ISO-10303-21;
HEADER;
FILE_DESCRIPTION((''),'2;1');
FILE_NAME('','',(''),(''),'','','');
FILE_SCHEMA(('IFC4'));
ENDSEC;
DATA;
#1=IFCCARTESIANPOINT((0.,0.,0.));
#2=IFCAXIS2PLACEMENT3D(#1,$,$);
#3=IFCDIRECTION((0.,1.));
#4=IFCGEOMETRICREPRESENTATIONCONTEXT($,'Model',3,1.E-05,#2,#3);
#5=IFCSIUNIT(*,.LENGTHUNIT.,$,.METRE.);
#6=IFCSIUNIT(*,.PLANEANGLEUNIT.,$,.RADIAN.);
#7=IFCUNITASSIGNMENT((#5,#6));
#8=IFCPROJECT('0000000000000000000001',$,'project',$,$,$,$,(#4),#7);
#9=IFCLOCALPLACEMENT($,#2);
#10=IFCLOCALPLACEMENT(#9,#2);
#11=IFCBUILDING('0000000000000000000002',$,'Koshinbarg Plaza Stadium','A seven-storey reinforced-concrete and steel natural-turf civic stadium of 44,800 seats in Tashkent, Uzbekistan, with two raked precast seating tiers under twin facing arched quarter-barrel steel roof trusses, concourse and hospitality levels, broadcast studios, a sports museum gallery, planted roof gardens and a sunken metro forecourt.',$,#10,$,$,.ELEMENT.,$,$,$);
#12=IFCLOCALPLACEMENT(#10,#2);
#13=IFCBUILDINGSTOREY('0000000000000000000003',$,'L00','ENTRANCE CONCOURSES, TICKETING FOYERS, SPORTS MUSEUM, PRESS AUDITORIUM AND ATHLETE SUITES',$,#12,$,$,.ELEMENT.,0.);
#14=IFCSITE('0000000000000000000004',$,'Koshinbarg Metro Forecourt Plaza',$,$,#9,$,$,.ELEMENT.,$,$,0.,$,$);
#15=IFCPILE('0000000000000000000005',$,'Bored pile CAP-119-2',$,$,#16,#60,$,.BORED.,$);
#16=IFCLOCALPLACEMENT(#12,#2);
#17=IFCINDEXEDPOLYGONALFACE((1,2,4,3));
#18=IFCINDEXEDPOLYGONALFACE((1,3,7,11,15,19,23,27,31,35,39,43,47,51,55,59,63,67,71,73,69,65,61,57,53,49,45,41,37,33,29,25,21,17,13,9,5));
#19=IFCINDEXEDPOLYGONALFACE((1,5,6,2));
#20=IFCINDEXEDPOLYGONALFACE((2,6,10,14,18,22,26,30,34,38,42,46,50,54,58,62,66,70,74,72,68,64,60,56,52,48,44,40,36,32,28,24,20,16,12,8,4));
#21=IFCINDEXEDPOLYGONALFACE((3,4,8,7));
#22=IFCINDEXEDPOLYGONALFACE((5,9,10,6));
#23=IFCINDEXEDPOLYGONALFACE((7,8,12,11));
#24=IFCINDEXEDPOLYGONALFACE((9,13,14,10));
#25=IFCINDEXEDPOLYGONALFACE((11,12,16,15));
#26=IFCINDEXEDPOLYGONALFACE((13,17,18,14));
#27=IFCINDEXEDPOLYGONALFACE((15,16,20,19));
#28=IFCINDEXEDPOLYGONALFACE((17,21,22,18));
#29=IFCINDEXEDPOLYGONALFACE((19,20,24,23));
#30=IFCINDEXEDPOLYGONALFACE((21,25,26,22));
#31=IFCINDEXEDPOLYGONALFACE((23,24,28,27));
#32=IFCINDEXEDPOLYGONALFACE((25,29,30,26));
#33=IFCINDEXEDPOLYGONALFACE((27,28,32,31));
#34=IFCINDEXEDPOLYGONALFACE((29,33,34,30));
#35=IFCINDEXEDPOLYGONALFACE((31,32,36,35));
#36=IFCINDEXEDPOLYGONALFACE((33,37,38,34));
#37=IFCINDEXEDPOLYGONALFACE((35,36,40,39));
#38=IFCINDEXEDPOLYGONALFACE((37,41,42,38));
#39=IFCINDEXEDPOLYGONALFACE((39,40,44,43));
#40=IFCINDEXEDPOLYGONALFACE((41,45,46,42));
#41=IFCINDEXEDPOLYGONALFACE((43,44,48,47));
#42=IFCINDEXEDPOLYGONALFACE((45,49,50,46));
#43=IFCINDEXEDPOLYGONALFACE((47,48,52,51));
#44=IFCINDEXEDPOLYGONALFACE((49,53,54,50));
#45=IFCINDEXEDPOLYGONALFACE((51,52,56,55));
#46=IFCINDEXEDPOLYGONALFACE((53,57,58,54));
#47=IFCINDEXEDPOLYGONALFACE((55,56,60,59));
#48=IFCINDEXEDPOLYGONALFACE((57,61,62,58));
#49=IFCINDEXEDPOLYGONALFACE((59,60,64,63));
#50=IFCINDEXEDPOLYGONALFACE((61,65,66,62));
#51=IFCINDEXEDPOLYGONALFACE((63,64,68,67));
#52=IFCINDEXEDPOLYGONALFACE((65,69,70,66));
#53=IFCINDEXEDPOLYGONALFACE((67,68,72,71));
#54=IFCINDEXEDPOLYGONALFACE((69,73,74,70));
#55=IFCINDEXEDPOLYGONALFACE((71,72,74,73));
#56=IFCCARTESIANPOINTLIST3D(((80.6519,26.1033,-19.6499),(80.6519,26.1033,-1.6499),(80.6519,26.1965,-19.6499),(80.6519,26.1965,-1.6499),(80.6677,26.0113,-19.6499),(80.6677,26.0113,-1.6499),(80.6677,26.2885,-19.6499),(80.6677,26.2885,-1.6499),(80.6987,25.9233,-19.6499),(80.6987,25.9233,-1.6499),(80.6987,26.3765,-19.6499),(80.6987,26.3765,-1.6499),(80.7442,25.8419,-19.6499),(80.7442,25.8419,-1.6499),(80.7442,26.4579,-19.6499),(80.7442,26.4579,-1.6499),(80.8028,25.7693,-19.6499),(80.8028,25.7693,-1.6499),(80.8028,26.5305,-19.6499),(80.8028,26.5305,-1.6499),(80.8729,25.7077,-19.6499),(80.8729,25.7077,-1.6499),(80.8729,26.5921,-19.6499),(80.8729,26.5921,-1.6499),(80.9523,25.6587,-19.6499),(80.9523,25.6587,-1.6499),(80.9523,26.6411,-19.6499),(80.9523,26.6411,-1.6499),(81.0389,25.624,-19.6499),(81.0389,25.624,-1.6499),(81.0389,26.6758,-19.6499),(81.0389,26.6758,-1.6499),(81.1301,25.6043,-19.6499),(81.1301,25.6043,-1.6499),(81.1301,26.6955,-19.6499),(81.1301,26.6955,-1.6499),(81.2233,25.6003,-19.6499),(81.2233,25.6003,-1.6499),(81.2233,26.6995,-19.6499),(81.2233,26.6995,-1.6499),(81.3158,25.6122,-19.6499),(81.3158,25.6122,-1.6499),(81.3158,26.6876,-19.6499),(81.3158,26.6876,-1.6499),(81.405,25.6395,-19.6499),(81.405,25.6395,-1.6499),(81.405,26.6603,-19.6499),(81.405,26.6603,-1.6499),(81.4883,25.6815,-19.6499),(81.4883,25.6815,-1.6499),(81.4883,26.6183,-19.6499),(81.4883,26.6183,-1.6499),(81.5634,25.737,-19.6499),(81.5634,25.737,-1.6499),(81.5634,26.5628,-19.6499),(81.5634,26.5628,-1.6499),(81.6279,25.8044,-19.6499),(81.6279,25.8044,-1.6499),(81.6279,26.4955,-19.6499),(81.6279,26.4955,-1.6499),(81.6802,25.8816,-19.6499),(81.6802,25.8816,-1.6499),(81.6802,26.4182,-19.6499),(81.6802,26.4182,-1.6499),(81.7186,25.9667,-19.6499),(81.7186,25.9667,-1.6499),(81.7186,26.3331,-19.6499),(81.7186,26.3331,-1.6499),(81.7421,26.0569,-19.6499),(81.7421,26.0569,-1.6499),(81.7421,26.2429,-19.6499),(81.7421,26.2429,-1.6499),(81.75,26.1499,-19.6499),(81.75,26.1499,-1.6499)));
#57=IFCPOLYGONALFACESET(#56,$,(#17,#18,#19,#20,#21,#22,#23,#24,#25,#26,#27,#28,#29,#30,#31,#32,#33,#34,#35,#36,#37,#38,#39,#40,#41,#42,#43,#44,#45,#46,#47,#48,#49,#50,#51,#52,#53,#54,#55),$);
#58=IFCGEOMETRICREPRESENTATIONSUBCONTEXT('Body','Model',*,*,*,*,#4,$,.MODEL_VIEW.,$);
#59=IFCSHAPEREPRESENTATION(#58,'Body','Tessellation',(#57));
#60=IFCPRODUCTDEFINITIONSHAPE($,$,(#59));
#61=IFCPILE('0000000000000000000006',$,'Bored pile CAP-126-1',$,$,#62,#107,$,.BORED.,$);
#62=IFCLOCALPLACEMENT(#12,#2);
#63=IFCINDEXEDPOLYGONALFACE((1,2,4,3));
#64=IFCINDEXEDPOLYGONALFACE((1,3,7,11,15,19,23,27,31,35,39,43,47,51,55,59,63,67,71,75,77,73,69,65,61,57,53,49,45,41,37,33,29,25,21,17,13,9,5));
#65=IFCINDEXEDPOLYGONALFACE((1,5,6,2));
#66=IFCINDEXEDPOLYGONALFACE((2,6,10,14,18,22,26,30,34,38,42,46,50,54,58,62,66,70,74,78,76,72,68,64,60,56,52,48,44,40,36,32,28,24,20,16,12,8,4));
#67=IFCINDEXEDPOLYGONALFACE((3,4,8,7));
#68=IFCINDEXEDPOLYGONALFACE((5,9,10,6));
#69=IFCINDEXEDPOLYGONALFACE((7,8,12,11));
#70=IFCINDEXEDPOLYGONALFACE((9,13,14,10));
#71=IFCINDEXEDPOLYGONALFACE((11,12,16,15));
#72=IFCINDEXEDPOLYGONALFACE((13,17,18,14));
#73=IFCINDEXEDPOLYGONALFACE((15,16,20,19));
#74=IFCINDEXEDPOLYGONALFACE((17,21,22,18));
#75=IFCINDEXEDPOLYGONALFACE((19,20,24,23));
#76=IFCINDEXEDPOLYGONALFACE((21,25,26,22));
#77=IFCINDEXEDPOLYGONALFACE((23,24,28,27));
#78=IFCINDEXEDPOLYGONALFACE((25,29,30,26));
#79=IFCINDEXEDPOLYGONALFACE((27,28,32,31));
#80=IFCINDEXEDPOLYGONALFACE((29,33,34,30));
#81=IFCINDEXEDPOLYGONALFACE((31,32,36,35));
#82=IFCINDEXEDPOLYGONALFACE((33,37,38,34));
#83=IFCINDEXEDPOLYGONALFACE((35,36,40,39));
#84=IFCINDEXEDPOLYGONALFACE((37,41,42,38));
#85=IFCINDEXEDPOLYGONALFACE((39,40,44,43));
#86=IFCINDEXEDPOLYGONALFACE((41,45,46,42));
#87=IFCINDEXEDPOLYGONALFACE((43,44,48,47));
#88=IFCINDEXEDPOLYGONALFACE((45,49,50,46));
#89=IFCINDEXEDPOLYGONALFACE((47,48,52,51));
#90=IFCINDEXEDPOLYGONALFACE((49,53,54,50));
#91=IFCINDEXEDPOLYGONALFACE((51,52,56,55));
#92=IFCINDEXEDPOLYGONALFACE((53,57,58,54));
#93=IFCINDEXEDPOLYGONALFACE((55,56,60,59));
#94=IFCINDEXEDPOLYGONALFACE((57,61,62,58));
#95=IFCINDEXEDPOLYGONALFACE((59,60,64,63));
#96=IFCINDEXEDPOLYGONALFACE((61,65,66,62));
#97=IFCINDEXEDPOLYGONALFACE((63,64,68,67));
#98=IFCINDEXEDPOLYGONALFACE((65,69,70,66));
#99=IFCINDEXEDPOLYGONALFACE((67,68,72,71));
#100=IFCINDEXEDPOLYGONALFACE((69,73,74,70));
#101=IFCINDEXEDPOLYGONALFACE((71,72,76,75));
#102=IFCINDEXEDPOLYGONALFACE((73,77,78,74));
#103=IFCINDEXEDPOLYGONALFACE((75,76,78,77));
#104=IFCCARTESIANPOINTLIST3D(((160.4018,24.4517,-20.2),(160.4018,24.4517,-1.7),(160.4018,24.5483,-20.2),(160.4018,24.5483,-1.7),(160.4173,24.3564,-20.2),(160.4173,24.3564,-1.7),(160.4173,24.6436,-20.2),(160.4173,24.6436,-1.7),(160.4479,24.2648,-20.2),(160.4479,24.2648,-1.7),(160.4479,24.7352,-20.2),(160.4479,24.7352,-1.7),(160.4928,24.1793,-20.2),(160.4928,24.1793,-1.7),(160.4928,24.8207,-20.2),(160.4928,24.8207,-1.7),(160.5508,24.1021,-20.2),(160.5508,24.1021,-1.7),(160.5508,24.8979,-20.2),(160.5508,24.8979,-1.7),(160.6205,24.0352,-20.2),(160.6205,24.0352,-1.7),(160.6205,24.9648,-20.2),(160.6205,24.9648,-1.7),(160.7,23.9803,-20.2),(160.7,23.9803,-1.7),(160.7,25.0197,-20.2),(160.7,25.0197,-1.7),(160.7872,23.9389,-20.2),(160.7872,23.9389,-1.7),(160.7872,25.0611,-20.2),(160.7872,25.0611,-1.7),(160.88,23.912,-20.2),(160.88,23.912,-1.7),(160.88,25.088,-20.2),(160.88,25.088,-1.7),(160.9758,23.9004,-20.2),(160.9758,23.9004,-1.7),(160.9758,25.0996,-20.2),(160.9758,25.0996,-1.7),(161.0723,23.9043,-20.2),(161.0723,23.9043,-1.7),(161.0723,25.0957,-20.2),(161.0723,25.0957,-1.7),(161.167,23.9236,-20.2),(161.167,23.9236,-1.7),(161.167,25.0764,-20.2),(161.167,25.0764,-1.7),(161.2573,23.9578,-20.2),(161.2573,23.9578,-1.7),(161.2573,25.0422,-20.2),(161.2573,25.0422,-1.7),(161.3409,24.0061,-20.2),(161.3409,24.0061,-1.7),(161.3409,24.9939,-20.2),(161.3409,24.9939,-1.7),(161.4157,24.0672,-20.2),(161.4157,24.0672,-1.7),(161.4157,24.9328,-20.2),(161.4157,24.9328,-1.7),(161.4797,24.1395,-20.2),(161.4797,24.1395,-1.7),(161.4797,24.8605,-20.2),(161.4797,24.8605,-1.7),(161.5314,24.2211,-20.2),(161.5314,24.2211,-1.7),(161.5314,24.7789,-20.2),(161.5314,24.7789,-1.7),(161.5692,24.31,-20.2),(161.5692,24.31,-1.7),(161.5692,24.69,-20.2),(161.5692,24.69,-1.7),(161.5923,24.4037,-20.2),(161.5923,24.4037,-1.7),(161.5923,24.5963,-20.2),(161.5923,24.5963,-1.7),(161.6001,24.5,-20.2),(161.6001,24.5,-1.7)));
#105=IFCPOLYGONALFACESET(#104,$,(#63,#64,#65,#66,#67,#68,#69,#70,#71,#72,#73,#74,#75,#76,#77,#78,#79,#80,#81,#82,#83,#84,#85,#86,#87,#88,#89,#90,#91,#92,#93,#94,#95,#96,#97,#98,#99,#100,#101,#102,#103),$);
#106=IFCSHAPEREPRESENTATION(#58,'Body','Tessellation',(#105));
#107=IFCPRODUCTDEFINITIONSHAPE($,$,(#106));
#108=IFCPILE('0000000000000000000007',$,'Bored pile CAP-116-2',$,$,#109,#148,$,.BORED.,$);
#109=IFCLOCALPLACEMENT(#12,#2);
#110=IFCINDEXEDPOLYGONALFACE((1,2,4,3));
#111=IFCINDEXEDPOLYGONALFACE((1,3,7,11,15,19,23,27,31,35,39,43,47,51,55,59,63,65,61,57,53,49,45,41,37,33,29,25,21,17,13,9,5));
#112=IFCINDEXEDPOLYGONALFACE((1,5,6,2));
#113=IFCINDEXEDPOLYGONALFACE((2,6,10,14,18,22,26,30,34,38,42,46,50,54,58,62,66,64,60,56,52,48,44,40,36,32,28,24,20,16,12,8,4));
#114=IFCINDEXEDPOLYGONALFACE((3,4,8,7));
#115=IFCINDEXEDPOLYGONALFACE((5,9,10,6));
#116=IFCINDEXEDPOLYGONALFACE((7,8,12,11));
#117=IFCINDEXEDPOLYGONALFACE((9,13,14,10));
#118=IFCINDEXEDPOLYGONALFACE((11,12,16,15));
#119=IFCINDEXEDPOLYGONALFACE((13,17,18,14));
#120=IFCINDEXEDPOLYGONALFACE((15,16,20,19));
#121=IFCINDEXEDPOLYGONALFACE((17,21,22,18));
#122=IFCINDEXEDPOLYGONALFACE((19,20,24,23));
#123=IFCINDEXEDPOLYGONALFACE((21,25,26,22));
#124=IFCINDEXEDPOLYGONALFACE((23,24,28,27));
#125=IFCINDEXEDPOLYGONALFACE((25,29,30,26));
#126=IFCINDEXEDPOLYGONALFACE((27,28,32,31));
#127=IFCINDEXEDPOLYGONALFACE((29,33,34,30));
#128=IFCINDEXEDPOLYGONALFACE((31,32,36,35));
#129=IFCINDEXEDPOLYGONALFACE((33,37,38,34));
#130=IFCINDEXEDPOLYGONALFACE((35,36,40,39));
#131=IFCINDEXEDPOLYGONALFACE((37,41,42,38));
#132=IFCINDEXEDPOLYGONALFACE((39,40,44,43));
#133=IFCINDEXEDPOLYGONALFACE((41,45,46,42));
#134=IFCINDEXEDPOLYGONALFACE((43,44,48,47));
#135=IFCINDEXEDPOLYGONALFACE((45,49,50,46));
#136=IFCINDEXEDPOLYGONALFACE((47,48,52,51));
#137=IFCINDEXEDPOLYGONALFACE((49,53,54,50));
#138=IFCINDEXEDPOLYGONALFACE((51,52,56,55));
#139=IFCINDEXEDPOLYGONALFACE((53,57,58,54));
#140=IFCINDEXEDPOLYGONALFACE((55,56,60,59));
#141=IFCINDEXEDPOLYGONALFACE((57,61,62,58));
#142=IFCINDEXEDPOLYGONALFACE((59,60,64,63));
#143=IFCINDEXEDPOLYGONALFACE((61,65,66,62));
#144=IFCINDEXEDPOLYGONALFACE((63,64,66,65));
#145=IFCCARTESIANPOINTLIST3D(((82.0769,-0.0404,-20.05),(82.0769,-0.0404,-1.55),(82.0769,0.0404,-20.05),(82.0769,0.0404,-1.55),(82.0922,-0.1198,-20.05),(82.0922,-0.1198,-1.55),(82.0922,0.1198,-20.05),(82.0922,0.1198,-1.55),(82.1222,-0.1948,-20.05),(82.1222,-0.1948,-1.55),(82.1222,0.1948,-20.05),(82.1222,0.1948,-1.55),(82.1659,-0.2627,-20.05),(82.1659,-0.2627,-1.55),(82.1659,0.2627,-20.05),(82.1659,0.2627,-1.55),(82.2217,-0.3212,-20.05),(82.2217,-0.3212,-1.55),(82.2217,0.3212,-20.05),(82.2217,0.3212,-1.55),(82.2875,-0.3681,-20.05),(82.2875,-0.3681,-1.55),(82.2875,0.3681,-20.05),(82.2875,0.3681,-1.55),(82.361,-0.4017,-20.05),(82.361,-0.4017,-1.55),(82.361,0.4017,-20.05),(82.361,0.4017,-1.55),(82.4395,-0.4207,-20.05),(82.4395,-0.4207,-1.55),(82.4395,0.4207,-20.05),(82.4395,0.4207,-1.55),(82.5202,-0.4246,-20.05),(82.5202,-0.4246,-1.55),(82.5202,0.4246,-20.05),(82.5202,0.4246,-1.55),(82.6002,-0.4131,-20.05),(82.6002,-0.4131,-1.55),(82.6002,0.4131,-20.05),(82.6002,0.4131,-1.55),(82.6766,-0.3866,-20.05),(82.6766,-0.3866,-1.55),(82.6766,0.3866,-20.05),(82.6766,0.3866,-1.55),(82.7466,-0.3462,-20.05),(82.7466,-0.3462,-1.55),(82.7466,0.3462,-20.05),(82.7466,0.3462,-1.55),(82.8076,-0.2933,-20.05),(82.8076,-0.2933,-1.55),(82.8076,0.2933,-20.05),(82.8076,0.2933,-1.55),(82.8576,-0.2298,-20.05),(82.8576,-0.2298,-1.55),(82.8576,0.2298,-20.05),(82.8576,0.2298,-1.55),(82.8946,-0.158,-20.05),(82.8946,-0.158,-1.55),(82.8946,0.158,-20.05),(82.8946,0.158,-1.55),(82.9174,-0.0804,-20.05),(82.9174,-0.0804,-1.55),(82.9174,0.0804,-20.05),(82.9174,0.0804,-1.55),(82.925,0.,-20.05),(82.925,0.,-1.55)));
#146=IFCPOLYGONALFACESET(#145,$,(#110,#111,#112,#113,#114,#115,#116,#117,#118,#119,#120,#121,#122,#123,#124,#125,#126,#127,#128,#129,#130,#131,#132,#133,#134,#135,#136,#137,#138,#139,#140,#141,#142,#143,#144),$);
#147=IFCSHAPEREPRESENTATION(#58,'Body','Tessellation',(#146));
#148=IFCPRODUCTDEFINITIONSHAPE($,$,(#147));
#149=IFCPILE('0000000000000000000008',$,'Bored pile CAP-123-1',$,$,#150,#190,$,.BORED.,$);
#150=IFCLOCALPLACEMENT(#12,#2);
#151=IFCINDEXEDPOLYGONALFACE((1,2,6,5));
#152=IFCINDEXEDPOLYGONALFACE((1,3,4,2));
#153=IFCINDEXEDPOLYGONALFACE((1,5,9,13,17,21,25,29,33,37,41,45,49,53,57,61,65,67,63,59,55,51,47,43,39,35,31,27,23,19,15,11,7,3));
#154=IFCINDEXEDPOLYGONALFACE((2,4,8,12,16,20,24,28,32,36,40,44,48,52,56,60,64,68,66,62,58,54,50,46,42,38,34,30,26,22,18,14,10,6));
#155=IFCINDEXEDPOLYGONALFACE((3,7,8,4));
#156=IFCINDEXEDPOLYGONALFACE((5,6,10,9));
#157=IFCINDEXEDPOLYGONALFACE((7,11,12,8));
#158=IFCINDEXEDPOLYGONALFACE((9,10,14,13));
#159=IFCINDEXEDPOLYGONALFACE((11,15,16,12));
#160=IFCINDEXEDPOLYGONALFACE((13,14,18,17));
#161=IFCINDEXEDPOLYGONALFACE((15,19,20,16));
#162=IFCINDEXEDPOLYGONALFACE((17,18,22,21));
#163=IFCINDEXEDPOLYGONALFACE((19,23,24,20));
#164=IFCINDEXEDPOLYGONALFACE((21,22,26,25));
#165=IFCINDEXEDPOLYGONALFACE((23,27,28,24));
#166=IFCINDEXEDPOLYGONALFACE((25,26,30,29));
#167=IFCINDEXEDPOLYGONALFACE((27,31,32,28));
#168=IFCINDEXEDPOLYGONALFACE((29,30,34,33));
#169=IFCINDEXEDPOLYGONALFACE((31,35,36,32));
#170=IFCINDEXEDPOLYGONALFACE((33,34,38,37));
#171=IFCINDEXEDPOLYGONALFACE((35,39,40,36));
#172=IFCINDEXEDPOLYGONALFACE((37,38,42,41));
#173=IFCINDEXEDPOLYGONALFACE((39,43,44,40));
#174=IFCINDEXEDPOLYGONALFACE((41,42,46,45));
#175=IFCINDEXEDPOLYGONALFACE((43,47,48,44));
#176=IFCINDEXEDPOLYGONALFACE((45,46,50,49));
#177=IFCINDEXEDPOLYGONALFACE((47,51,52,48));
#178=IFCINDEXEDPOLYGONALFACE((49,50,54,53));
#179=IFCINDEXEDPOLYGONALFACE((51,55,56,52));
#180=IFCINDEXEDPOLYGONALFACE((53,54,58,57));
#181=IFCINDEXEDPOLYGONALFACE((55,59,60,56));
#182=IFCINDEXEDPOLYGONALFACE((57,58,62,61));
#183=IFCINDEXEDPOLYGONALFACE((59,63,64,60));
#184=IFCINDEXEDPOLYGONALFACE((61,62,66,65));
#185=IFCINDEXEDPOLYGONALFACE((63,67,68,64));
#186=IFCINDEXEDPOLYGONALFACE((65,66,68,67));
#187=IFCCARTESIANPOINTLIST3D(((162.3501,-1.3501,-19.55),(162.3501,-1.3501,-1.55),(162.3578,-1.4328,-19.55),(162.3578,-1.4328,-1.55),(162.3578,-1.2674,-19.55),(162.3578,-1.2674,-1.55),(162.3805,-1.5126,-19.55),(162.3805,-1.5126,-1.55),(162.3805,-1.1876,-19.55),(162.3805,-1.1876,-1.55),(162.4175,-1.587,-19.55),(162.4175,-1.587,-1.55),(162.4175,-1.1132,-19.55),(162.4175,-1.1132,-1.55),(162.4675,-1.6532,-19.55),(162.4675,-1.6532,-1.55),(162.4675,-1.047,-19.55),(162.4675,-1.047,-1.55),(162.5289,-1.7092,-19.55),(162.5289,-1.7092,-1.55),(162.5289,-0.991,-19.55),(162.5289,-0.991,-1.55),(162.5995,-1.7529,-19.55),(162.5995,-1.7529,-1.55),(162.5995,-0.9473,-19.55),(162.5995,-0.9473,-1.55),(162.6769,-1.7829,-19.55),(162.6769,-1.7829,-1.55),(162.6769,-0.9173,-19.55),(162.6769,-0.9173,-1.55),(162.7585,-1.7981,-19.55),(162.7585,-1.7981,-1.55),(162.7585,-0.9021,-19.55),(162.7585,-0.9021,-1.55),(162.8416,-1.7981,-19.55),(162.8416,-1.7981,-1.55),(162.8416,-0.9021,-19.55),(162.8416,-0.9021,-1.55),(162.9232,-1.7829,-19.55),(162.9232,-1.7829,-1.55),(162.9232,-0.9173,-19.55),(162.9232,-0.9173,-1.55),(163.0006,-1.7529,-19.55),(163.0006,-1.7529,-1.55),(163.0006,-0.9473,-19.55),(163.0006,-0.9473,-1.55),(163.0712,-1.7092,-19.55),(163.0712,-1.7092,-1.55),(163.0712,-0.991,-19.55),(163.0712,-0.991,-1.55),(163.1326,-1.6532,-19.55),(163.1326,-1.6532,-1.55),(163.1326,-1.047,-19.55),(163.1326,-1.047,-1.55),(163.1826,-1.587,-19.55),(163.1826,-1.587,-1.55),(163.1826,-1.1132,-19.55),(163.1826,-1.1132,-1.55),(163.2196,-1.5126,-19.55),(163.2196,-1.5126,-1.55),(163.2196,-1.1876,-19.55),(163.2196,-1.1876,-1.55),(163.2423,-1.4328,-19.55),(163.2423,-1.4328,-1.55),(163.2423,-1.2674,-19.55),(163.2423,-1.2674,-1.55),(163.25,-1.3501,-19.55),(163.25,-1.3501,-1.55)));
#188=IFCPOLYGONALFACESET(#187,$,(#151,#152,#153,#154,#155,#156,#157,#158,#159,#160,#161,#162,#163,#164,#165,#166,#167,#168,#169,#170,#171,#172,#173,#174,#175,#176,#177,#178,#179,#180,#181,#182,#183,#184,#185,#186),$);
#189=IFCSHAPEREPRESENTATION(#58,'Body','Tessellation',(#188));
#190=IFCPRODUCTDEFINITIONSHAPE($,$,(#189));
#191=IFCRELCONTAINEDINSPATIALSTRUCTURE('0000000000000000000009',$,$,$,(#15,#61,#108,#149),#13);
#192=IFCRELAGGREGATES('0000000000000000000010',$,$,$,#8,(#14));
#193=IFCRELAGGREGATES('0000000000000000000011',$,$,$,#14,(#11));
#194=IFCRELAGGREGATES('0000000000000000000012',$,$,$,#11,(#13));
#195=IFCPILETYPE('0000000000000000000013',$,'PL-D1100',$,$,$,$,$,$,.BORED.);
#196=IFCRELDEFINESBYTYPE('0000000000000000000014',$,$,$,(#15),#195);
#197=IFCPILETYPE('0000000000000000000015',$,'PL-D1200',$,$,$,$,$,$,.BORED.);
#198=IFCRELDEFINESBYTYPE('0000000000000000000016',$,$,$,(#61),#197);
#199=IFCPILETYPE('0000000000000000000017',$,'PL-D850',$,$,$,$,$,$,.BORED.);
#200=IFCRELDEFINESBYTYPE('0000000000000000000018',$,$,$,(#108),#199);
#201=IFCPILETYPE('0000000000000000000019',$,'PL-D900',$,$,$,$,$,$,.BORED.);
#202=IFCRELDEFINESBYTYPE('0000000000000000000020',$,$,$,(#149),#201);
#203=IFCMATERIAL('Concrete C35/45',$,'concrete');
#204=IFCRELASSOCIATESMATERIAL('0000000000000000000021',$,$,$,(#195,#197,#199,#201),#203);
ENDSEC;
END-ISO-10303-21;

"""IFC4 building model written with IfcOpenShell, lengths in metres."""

from ifc_helpers import new_model, si_unit, direction, frame, origin, origin_2d, place, context, subcontext, project, spatial, circle, extrude, material, material_profile, profile_set, type_object, element, save


model = new_model("IFC4")

# Units and contexts
model_context = context("Model", 3, precision=1e-05, world=origin(), true_north=direction((0.0, 1.0)))
body_context = subcontext(model_context, "Body", "Model", "MODEL_VIEW")
ifc_project = project(units=[si_unit("LENGTHUNIT", "METRE"), si_unit("PLANEANGLEUNIT", "RADIAN")], contexts=[model_context])

# Site, building, storey
site_placement = place(None, origin())
site = spatial("IfcSite", under=ifc_project, at=site_placement, Name="Koshinbarg Metro Forecourt Plaza", CompositionType="ELEMENT", RefElevation=0.0)
building_placement = place(site_placement, origin())
building = spatial("IfcBuilding", under=site, at=building_placement, Name="Koshinbarg Plaza Stadium", Description="A seven-storey reinforced-concrete and steel natural-turf civic stadium of 44,800 seats in Tashkent, Uzbekistan, with two raked precast seating tiers under twin facing arched quarter-barrel steel roof trusses, concourse and hospitality levels, broadcast studios, a sports museum gallery, planted roof gardens and a sunken metro forecourt.", CompositionType="ELEMENT")
storey_placement = place(building_placement, origin())
storey = spatial("IfcBuildingStorey", under=building, at=storey_placement, Name="L00", Description="ENTRANCE CONCOURSES, TICKETING FOYERS, SPORTS MUSEUM, PRESS AUDITORIUM AND ATHLETE SUITES", CompositionType="ELEMENT", Elevation=0.0)

# Shared definitions
ifc_material_1 = material(Name="Concrete C35/45", Category="concrete")

# Piles
ifc_material_profile_1 = material_profile(ifc_material_1, circle(Radius=0.55, at=origin_2d()), Name="PILE D1100")
ifc_profile_set_1 = profile_set([ifc_material_profile_1], Name="Concrete C35/45")
pile_type_1 = type_object("IfcPileType", Name="PL-D1100", PredefinedType="BORED", material=ifc_profile_set_1)
for number, where, z_axis, x_axis, name in (
    (1, (81.2, 26.1499, -1.6499), (0.0, 0.0, -1.0), (1.0, 0.0, 0.0), "Bored pile CAP-119-2"),
):
    element("IfcPile", number, at=place(storey_placement, frame(where, z_axis=z_axis, x_axis=x_axis)), inside=storey, type_object=pile_type_1, Name=name, PredefinedType="BORED", context=body_context, shape_type="SweptSolid", body=[
        extrude(circle(Radius=0.55, at=origin_2d()), origin(), (0.0, 0.0, 1.0), 18.0),
    ])
ifc_material_profile_2 = material_profile(ifc_material_1, circle(Radius=0.6001, at=origin_2d()), Name="PILE D1200")
ifc_profile_set_2 = profile_set([ifc_material_profile_2], Name="Concrete C35/45")
pile_type_2 = type_object("IfcPileType", Name="PL-D1200", PredefinedType="BORED", material=ifc_profile_set_2)
pile_1_placement = place(storey_placement, frame((161.0, 24.5, -1.7), z_axis=(0.0, 0.0, -1.0), x_axis=(1.0, 0.0, 0.0)))
element("IfcPile", 2, at=pile_1_placement, inside=storey, type_object=pile_type_2, Name="Bored pile CAP-126-1", PredefinedType="BORED", context=body_context, shape_type="SweptSolid", body=[
    extrude(circle(Radius=0.6001, at=origin_2d()), origin(), (0.0, 0.0, 1.0), 18.5),
])
ifc_material_profile_3 = material_profile(ifc_material_1, circle(Radius=0.425, at=origin_2d()), Name="PILE D850")
ifc_profile_set_3 = profile_set([ifc_material_profile_3], Name="Concrete C35/45")
pile_type_3 = type_object("IfcPileType", Name="PL-D850", PredefinedType="BORED", material=ifc_profile_set_3)
pile_2_placement = place(storey_placement, frame((82.5, 0.0, -1.55), z_axis=(0.0, 0.0, -1.0), x_axis=(1.0, 0.0, 0.0)))
element("IfcPile", 3, at=pile_2_placement, inside=storey, type_object=pile_type_3, Name="Bored pile CAP-116-2", PredefinedType="BORED", context=body_context, shape_type="SweptSolid", body=[
    extrude(circle(Radius=0.425, at=origin_2d()), origin(), (0.0, 0.0, 1.0), 18.5),
])
ifc_material_profile_4 = material_profile(ifc_material_1, circle(Radius=0.45, at=origin_2d()), Name="PILE D900")
ifc_profile_set_4 = profile_set([ifc_material_profile_4], Name="Concrete C35/45")
pile_type_4 = type_object("IfcPileType", Name="PL-D900", PredefinedType="BORED", material=ifc_profile_set_4)
for number, where, z_axis, x_axis, name in (
    (4, (162.8, -1.3501, -1.55), (0.0, 0.0, -1.0), (1.0, 0.0, 0.0), "Bored pile CAP-123-1"),
):
    element("IfcPile", number, at=place(storey_placement, frame(where, z_axis=z_axis, x_axis=x_axis)), inside=storey, type_object=pile_type_4, Name=name, PredefinedType="BORED", context=body_context, shape_type="SweptSolid", body=[
        extrude(circle(Radius=0.45, at=origin_2d()), origin(), (0.0, 0.0, 1.0), 18.0),
    ])

save(model, "model.ifc")
